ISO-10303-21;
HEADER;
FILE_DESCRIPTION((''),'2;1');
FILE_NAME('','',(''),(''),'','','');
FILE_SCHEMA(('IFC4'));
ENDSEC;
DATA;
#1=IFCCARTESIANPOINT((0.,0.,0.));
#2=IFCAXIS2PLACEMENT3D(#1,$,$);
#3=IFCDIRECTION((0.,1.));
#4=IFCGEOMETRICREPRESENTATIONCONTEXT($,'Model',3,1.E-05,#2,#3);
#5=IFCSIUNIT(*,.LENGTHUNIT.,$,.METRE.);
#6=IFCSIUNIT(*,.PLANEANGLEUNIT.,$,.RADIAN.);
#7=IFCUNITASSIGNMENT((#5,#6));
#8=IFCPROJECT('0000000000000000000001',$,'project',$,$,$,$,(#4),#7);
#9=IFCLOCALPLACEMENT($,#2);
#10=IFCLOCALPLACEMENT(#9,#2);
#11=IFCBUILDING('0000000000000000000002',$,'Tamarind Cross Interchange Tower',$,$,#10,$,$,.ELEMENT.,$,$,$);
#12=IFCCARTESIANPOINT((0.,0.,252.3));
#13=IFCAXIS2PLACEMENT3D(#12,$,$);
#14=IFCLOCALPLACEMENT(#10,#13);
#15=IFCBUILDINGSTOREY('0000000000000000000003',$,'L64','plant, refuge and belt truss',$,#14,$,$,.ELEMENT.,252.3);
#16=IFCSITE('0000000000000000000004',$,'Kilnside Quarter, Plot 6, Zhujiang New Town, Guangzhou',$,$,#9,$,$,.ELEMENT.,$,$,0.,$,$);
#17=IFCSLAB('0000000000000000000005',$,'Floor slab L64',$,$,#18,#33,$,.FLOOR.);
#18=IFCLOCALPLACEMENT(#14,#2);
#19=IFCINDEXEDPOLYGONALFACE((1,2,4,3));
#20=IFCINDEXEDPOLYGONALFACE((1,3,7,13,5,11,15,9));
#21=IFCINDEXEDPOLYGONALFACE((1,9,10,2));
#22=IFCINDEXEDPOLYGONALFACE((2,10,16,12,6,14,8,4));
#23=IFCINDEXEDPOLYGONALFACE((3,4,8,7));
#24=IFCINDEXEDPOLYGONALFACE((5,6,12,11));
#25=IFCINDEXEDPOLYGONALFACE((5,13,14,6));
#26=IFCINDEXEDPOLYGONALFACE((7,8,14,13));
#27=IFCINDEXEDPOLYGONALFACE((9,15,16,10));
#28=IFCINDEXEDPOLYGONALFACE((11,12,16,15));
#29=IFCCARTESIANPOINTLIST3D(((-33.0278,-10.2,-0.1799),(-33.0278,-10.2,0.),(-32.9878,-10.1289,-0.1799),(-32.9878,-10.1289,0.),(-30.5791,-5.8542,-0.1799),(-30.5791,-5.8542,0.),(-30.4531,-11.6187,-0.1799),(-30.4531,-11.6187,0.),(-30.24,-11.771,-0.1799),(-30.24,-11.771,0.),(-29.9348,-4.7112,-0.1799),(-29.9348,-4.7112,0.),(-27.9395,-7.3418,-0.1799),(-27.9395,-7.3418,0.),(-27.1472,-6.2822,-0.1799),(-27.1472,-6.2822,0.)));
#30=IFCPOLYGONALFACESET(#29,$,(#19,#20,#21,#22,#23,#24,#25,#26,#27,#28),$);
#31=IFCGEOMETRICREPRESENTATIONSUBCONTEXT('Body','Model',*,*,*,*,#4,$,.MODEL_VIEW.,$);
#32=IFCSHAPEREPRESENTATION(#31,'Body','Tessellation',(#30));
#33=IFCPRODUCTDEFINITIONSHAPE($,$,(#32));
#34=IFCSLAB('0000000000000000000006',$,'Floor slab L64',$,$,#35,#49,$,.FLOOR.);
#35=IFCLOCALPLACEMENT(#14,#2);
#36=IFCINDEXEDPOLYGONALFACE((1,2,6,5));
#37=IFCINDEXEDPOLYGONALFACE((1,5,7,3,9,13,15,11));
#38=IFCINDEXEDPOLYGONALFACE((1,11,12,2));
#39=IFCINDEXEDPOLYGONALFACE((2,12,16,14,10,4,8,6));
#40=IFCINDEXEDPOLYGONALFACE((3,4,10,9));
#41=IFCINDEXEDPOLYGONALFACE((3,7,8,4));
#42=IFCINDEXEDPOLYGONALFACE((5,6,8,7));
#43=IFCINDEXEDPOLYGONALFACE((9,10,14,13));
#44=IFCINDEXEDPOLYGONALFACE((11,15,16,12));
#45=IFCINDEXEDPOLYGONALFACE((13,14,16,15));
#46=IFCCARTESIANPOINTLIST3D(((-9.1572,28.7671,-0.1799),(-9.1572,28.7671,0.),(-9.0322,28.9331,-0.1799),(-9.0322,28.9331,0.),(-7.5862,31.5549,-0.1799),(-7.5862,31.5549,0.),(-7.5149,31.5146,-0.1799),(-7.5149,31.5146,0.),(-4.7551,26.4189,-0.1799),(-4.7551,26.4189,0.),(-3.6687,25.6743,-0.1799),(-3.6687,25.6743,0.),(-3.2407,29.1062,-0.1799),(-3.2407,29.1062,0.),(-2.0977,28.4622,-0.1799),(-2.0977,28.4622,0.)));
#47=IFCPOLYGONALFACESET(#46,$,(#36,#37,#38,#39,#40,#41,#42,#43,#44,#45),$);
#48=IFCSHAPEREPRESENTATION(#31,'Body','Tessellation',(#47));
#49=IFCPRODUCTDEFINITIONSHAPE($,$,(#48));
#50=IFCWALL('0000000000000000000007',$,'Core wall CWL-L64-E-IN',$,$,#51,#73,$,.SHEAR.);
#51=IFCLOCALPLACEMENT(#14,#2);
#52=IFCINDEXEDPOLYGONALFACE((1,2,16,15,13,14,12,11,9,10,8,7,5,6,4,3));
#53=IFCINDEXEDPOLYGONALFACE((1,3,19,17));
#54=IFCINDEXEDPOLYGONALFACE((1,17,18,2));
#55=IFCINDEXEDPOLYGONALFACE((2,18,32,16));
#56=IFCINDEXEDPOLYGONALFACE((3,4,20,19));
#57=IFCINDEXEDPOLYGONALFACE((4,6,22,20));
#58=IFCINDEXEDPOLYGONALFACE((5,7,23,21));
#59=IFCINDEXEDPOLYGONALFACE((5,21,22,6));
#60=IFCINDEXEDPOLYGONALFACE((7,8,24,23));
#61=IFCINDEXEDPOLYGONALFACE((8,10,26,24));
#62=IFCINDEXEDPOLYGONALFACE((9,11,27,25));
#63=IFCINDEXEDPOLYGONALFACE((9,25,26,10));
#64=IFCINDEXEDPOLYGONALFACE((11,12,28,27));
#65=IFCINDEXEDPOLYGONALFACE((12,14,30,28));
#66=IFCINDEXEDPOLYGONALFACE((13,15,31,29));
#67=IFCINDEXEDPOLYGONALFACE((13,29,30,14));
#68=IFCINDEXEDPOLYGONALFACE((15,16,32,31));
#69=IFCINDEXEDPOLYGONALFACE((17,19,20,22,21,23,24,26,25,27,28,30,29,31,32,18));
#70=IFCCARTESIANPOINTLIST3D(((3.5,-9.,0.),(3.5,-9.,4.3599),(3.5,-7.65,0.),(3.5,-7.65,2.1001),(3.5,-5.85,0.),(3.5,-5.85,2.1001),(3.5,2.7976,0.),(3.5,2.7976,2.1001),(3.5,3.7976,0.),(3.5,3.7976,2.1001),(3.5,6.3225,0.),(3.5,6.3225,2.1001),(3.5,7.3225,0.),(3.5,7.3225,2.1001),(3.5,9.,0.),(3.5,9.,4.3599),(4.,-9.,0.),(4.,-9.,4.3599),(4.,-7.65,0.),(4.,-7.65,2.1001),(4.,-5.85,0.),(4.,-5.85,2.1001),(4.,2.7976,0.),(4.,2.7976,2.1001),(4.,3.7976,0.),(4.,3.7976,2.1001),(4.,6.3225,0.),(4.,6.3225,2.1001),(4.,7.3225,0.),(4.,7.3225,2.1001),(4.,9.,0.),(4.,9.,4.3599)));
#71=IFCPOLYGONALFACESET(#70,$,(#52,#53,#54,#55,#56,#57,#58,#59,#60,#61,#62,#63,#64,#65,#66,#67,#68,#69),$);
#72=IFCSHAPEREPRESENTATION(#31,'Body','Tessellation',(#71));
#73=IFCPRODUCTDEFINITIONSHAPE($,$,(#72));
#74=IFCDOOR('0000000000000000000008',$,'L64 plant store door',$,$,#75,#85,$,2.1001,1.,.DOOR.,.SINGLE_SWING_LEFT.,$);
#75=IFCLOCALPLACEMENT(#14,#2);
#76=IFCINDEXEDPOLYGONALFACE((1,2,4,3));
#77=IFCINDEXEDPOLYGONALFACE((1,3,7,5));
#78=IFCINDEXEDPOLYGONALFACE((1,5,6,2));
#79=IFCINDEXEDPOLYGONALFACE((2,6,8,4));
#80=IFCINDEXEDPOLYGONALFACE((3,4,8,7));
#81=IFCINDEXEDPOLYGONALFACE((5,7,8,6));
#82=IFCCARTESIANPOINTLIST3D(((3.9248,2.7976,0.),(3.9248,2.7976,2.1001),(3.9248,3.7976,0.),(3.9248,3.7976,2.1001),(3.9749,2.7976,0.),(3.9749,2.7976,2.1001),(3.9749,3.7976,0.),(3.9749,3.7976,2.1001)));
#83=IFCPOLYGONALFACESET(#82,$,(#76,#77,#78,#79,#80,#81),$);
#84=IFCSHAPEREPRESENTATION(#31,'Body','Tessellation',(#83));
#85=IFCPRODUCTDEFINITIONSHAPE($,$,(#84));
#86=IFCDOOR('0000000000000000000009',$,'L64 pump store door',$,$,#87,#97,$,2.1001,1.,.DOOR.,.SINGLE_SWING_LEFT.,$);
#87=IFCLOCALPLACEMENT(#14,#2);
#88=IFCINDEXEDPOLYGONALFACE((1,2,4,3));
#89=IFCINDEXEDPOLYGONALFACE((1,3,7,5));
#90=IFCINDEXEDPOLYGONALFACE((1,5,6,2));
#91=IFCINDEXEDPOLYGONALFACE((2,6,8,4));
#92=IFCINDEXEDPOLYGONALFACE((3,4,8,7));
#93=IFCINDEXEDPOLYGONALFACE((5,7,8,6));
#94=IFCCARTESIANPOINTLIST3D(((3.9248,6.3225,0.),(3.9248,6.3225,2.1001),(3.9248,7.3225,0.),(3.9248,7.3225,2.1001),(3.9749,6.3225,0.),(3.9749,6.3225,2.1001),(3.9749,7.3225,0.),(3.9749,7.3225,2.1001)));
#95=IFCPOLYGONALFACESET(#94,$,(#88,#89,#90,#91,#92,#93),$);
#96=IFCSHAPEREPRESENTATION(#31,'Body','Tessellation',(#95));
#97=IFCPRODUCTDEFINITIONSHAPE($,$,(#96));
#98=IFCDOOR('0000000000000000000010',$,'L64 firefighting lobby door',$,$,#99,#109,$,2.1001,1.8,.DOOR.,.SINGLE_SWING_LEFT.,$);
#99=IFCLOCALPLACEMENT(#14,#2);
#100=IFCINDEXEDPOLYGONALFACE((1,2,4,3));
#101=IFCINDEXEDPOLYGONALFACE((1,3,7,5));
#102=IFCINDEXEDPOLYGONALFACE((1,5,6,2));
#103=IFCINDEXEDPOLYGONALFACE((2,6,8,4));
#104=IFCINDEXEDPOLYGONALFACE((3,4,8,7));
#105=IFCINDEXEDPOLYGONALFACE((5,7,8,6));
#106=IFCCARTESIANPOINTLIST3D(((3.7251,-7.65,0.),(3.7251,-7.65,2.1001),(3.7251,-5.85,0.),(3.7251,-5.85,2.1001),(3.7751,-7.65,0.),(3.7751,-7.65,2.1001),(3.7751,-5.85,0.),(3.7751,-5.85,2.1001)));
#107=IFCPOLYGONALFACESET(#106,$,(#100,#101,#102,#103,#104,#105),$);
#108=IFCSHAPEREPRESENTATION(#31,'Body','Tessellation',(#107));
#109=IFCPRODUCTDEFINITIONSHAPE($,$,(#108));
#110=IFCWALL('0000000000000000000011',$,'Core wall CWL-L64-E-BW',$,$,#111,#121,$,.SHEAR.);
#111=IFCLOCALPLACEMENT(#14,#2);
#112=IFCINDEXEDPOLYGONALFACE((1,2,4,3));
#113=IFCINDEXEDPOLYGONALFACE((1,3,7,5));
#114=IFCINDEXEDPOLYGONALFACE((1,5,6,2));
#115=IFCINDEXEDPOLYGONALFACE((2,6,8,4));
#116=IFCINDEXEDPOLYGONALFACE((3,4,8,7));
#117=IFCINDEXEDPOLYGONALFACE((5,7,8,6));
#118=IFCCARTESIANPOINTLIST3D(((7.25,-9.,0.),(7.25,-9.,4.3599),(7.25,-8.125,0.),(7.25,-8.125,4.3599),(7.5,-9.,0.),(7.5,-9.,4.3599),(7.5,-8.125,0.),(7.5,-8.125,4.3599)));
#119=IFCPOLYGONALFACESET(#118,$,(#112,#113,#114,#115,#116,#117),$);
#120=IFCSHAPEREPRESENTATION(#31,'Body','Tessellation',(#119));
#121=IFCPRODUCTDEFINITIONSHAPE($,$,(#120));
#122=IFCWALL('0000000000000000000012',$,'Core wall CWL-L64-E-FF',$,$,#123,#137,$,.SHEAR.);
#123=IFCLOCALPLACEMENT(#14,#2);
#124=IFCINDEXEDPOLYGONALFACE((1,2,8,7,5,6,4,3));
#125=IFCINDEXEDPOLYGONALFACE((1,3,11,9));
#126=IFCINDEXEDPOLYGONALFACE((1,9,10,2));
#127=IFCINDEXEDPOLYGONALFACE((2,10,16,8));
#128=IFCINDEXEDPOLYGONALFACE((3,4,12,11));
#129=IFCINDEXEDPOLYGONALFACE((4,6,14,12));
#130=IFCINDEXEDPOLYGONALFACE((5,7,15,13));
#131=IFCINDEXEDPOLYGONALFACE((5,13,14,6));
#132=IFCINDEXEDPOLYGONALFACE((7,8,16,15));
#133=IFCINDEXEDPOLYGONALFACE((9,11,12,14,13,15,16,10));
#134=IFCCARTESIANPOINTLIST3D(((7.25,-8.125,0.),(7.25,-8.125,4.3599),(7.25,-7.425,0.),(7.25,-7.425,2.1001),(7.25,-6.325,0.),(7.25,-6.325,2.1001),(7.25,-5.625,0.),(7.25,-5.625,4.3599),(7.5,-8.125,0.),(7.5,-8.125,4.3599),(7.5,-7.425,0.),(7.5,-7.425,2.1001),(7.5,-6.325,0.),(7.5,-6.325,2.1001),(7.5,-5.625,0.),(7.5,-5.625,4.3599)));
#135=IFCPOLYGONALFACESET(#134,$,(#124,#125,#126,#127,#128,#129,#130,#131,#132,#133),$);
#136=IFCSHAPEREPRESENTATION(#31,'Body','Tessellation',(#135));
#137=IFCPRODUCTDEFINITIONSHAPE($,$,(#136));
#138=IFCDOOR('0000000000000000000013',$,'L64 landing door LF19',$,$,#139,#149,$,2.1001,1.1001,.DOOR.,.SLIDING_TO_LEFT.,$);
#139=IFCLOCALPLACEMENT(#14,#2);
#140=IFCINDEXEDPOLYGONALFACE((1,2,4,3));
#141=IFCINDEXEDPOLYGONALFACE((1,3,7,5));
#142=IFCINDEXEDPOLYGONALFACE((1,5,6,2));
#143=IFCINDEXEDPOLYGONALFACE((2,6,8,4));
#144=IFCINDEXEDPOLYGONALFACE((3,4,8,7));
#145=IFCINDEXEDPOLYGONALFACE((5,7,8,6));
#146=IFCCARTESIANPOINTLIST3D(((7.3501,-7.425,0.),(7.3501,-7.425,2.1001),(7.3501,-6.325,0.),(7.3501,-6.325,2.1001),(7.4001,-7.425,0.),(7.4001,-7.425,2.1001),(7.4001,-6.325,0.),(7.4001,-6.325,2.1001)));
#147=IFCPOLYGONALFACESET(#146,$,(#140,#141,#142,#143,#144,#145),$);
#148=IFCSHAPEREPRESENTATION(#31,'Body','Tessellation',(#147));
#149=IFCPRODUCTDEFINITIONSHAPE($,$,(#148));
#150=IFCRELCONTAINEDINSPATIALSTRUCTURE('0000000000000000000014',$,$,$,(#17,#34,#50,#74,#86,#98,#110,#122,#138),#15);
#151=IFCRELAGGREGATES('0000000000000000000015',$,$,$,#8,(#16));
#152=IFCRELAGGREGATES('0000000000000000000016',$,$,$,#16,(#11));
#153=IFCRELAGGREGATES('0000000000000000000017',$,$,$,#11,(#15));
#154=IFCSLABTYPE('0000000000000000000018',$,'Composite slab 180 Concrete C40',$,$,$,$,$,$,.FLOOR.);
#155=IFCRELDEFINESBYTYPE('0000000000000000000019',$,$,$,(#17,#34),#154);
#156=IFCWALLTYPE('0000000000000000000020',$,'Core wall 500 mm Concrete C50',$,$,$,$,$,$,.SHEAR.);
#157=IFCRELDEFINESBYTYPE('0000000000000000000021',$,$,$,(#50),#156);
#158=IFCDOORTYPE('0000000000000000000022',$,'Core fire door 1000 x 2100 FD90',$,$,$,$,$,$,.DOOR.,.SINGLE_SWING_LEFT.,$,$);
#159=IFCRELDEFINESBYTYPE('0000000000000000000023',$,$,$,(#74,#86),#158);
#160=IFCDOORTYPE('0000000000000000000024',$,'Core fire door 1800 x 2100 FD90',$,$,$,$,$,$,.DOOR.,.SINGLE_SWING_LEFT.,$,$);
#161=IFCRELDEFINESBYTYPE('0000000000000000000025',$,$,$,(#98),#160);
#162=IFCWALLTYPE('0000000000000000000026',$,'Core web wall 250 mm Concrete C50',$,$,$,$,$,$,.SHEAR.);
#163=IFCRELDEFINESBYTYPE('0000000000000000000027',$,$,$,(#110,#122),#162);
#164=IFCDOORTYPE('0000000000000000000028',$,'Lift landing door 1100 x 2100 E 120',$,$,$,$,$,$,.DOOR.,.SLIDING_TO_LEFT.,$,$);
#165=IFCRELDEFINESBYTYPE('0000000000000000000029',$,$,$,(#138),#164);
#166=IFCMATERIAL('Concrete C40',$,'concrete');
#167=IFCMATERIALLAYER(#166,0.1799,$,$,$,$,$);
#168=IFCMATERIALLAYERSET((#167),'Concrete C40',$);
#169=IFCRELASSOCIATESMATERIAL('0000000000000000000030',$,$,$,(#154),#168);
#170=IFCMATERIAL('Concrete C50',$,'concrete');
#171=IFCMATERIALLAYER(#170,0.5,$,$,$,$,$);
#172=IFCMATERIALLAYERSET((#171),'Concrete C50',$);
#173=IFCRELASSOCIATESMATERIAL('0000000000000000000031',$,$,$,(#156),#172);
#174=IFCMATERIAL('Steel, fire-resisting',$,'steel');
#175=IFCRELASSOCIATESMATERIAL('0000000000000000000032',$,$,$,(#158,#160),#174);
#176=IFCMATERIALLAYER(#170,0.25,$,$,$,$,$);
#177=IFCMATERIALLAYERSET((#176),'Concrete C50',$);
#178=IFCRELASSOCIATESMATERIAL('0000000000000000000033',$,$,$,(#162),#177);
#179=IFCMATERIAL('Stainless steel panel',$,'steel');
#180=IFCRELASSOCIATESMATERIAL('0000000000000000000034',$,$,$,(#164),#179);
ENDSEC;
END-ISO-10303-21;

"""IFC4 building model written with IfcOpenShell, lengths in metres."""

from ifc_helpers import new_model, si_unit, direction, frame, frame_2d, origin, place, context, subcontext, project, spatial, polyline, rectangle, outline, extrude, material, layer, layer_set, type_object, element, fill, save


model = new_model("IFC4")

# Units and contexts
model_context = context("Model", 3, precision=1e-05, world=origin(), true_north=direction((0.0, 1.0)))
body_context = subcontext(model_context, "Body", "Model", "MODEL_VIEW")
ifc_project = project(units=[si_unit("LENGTHUNIT", "METRE"), si_unit("PLANEANGLEUNIT", "RADIAN")], contexts=[model_context])

# Site, building, storey
site_placement = place(None, origin())
site = spatial("IfcSite", under=ifc_project, at=site_placement, Name="Kilnside Quarter, Plot 6, Zhujiang New Town, Guangzhou", CompositionType="ELEMENT", RefElevation=0.0)
building_placement = place(site_placement, origin())
building = spatial("IfcBuilding", under=site, at=building_placement, Name="Tamarind Cross Interchange Tower", CompositionType="ELEMENT")
storey_placement = place(building_placement, frame((0.0, 0.0, 252.3)))
storey = spatial("IfcBuildingStorey", under=building, at=storey_placement, Name="L64", Description="plant, refuge and belt truss", CompositionType="ELEMENT", Elevation=252.3)

# Slabs
ifc_material_1 = material(Name="Concrete C40", Category="concrete")
ifc_layer_1 = layer(ifc_material_1, 0.1799)
ifc_layer_set_1 = layer_set([ifc_layer_1], Name="Concrete C40")
slab_type = type_object("IfcSlabType", Name="Composite slab 180 Concrete C40", PredefinedType="FLOOR", material=ifc_layer_set_1)
slab_1_placement = place(storey_placement, frame((0.0, 0.0, -0.1799)))
element("IfcSlab", 1, at=slab_1_placement, inside=storey, type_object=slab_type, Name="Floor slab L64", PredefinedType="FLOOR", context=body_context, shape_type="SweptSolid", body=[
    extrude(outline(polyline([(-33.0278, -10.2), (-30.24, -11.771), (-27.1472, -6.2822), (-29.9348, -4.7112), (-30.5791, -5.8542), (-27.9395, -7.3418), (-30.4531, -11.6187), (-32.9878, -10.1289), (-33.0278, -10.2)])), origin(), (0.0, 0.0, 1.0), 0.1799),
])
slab_2_placement = place(storey_placement, frame((0.0, 0.0, -0.1799)))
element("IfcSlab", 2, at=slab_2_placement, inside=storey, type_object=slab_type, Name="Floor slab L64", PredefinedType="FLOOR", context=body_context, shape_type="SweptSolid", body=[
    extrude(outline(polyline([(-3.6687, 25.6743), (-2.0977, 28.4622), (-3.2407, 29.1062), (-4.7551, 26.4189), (-9.0322, 28.9331), (-7.5149, 31.5146), (-7.5862, 31.5549), (-9.1572, 28.7671), (-3.6687, 25.6743)])), origin(), (0.0, 0.0, 1.0), 0.1799),
])

# Wall, openings, doors
ifc_material_2 = material(Name="Concrete C50", Category="concrete")
ifc_layer_2 = layer(ifc_material_2, 0.5)
ifc_layer_set_2 = layer_set([ifc_layer_2], Name="Concrete C50")
wall_type_1 = type_object("IfcWallType", Name="Core wall 500 mm Concrete C50", PredefinedType="SHEAR", material=ifc_layer_set_2)
wall_1_placement = place(storey_placement, frame((3.75, -9.0, 0.0), z_axis=(0.0, 0.0, 1.0), x_axis=(0.0, 1.0, 0.0)))
wall_1 = element("IfcWall", 3, at=wall_1_placement, inside=storey, type_object=wall_type_1, Name="Core wall CWL-L64-E-IN", PredefinedType="SHEAR", context=body_context, shape_type="SweptSolid", body=[
    extrude(rectangle(XDim=18.0, YDim=0.5, at=frame_2d((9.0, 0.0))), origin(), (0.0, 0.0, 1.0), 4.3599),
])
opening_1_placement = place(wall_1_placement, frame((1.3501, 0.0, 0.0)))
opening_1 = element("IfcOpeningElement", 4, at=opening_1_placement, cuts=wall_1, PredefinedType="OPENING", context=body_context, shape_type="SweptSolid", body=[
    extrude(rectangle(XDim=1.8, YDim=2.1001, at=frame_2d((0.8999, 1.05))), frame((0.0, 0.26, 0.0), z_axis=(0.0, -1.0, 0.0), x_axis=(1.0, 0.0, 0.0)), (0.0, 0.0, 1.0), 0.52),
])
opening_2_placement = place(wall_1_placement, frame((11.7976, 0.0, 0.0)))
opening_2 = element("IfcOpeningElement", 5, at=opening_2_placement, cuts=wall_1, PredefinedType="OPENING", context=body_context, shape_type="SweptSolid", body=[
    extrude(rectangle(XDim=1.0, YDim=2.1001, at=frame_2d((0.5, 1.05))), frame((0.0, 0.26, 0.0), z_axis=(0.0, -1.0, 0.0), x_axis=(1.0, 0.0, 0.0)), (0.0, 0.0, 1.0), 0.52),
])
opening_3_placement = place(wall_1_placement, frame((15.3225, 0.0, 0.0)))
opening_3 = element("IfcOpeningElement", 6, at=opening_3_placement, cuts=wall_1, PredefinedType="OPENING", context=body_context, shape_type="SweptSolid", body=[
    extrude(rectangle(XDim=1.0, YDim=2.1001, at=frame_2d((0.5, 1.05))), frame((0.0, 0.26, 0.0), z_axis=(0.0, -1.0, 0.0), x_axis=(1.0, 0.0, 0.0)), (0.0, 0.0, 1.0), 0.52),
])
ifc_material_3 = material(Name="Steel, fire-resisting", Category="steel")
door_type_1 = type_object("IfcDoorType", Name="Core fire door 1000 x 2100 FD90", OperationType="SINGLE_SWING_LEFT", PredefinedType="DOOR", material=ifc_material_3)
door_1_placement = place(opening_2_placement, origin())
door_1 = element("IfcDoor", 7, at=door_1_placement, inside=storey, type_object=door_type_1, Name="L64 plant store door", OperationType="SINGLE_SWING_LEFT", OverallHeight=2.1001, OverallWidth=1.0, PredefinedType="DOOR", context=body_context, shape_type="SweptSolid", body=[
    extrude(rectangle(XDim=1.0, YDim=2.1001, at=frame_2d((0.5, 1.05))), frame((0.0, -0.1748, 0.0), z_axis=(0.0, -1.0, 0.0), x_axis=(1.0, 0.0, 0.0)), (0.0, 0.0, 1.0), 0.05),
])
fill(opening_2, door_1)
door_2_placement = place(opening_3_placement, origin())
door_2 = element("IfcDoor", 8, at=door_2_placement, inside=storey, type_object=door_type_1, Name="L64 pump store door", OperationType="SINGLE_SWING_LEFT", OverallHeight=2.1001, OverallWidth=1.0, PredefinedType="DOOR", context=body_context, shape_type="SweptSolid", body=[
    extrude(rectangle(XDim=1.0, YDim=2.1001, at=frame_2d((0.5, 1.05))), frame((0.0, -0.1748, 0.0), z_axis=(0.0, -1.0, 0.0), x_axis=(1.0, 0.0, 0.0)), (0.0, 0.0, 1.0), 0.05),
])
fill(opening_3, door_2)
door_type_2 = type_object("IfcDoorType", Name="Core fire door 1800 x 2100 FD90", OperationType="SINGLE_SWING_LEFT", PredefinedType="DOOR", material=ifc_material_3)
door_3_placement = place(opening_1_placement, origin())
door_3 = element("IfcDoor", 9, at=door_3_placement, inside=storey, type_object=door_type_2, Name="L64 firefighting lobby door", OperationType="SINGLE_SWING_LEFT", OverallHeight=2.1001, OverallWidth=1.8, PredefinedType="DOOR", context=body_context, shape_type="SweptSolid", body=[
    extrude(rectangle(XDim=1.8, YDim=2.1001, at=frame_2d((0.8999, 1.05))), frame((0.0, 0.0249, 0.0), z_axis=(0.0, -1.0, 0.0), x_axis=(1.0, 0.0, 0.0)), (0.0, 0.0, 1.0), 0.05),
])
fill(opening_1, door_3)

# Wall
ifc_layer_3 = layer(ifc_material_2, 0.25)
ifc_layer_set_3 = layer_set([ifc_layer_3], Name="Concrete C50")
wall_type_2 = type_object("IfcWallType", Name="Core web wall 250 mm Concrete C50", PredefinedType="SHEAR", material=ifc_layer_set_3)
wall_2_placement = place(storey_placement, frame((7.375, -9.0, 0.0), z_axis=(0.0, 0.0, 1.0), x_axis=(0.0, 1.0, 0.0)))
element("IfcWall", 10, at=wall_2_placement, inside=storey, type_object=wall_type_2, Name="Core wall CWL-L64-E-BW", PredefinedType="SHEAR", context=body_context, shape_type="SweptSolid", body=[
    extrude(rectangle(XDim=0.875, YDim=0.25, at=frame_2d((0.4375, 0.0))), origin(), (0.0, 0.0, 1.0), 4.3599),
])

# Wall, opening, door
wall_3_placement = place(storey_placement, frame((7.375, -8.125, 0.0), z_axis=(0.0, 0.0, 1.0), x_axis=(0.0, 1.0, 0.0)))
wall_3 = element("IfcWall", 11, at=wall_3_placement, inside=storey, type_object=wall_type_2, Name="Core wall CWL-L64-E-FF", PredefinedType="SHEAR", context=body_context, shape_type="SweptSolid", body=[
    extrude(rectangle(XDim=2.5, YDim=0.25, at=frame_2d((1.25, 0.0))), origin(), (0.0, 0.0, 1.0), 4.3599),
])
opening_4_placement = place(wall_3_placement, frame((0.7, 0.0, 0.0)))
opening_4 = element("IfcOpeningElement", 12, at=opening_4_placement, cuts=wall_3, PredefinedType="OPENING", context=body_context, shape_type="SweptSolid", body=[
    extrude(rectangle(XDim=1.1001, YDim=2.1001, at=frame_2d((0.55, 1.05))), frame((0.0, 0.135, 0.0), z_axis=(0.0, -1.0, 0.0), x_axis=(1.0, 0.0, 0.0)), (0.0, 0.0, 1.0), 0.27),
])
ifc_material_4 = material(Name="Stainless steel panel", Category="steel")
door_type_3 = type_object("IfcDoorType", Name="Lift landing door 1100 x 2100 E 120", OperationType="SLIDING_TO_LEFT", PredefinedType="DOOR", material=ifc_material_4)
door_4_placement = place(opening_4_placement, origin())
door_4 = element("IfcDoor", 13, at=door_4_placement, inside=storey, type_object=door_type_3, Name="L64 landing door LF19", OperationType="SLIDING_TO_LEFT", OverallHeight=2.1001, OverallWidth=1.1001, PredefinedType="DOOR", context=body_context, shape_type="SweptSolid", body=[
    extrude(rectangle(XDim=1.1001, YDim=2.1001, at=frame_2d((0.55, 1.05))), frame((0.0, 0.0249, 0.0), z_axis=(0.0, -1.0, 0.0), x_axis=(1.0, 0.0, 0.0)), (0.0, 0.0, 1.0), 0.05),
])
fill(opening_4, door_4)

save(model, "model.ifc")
